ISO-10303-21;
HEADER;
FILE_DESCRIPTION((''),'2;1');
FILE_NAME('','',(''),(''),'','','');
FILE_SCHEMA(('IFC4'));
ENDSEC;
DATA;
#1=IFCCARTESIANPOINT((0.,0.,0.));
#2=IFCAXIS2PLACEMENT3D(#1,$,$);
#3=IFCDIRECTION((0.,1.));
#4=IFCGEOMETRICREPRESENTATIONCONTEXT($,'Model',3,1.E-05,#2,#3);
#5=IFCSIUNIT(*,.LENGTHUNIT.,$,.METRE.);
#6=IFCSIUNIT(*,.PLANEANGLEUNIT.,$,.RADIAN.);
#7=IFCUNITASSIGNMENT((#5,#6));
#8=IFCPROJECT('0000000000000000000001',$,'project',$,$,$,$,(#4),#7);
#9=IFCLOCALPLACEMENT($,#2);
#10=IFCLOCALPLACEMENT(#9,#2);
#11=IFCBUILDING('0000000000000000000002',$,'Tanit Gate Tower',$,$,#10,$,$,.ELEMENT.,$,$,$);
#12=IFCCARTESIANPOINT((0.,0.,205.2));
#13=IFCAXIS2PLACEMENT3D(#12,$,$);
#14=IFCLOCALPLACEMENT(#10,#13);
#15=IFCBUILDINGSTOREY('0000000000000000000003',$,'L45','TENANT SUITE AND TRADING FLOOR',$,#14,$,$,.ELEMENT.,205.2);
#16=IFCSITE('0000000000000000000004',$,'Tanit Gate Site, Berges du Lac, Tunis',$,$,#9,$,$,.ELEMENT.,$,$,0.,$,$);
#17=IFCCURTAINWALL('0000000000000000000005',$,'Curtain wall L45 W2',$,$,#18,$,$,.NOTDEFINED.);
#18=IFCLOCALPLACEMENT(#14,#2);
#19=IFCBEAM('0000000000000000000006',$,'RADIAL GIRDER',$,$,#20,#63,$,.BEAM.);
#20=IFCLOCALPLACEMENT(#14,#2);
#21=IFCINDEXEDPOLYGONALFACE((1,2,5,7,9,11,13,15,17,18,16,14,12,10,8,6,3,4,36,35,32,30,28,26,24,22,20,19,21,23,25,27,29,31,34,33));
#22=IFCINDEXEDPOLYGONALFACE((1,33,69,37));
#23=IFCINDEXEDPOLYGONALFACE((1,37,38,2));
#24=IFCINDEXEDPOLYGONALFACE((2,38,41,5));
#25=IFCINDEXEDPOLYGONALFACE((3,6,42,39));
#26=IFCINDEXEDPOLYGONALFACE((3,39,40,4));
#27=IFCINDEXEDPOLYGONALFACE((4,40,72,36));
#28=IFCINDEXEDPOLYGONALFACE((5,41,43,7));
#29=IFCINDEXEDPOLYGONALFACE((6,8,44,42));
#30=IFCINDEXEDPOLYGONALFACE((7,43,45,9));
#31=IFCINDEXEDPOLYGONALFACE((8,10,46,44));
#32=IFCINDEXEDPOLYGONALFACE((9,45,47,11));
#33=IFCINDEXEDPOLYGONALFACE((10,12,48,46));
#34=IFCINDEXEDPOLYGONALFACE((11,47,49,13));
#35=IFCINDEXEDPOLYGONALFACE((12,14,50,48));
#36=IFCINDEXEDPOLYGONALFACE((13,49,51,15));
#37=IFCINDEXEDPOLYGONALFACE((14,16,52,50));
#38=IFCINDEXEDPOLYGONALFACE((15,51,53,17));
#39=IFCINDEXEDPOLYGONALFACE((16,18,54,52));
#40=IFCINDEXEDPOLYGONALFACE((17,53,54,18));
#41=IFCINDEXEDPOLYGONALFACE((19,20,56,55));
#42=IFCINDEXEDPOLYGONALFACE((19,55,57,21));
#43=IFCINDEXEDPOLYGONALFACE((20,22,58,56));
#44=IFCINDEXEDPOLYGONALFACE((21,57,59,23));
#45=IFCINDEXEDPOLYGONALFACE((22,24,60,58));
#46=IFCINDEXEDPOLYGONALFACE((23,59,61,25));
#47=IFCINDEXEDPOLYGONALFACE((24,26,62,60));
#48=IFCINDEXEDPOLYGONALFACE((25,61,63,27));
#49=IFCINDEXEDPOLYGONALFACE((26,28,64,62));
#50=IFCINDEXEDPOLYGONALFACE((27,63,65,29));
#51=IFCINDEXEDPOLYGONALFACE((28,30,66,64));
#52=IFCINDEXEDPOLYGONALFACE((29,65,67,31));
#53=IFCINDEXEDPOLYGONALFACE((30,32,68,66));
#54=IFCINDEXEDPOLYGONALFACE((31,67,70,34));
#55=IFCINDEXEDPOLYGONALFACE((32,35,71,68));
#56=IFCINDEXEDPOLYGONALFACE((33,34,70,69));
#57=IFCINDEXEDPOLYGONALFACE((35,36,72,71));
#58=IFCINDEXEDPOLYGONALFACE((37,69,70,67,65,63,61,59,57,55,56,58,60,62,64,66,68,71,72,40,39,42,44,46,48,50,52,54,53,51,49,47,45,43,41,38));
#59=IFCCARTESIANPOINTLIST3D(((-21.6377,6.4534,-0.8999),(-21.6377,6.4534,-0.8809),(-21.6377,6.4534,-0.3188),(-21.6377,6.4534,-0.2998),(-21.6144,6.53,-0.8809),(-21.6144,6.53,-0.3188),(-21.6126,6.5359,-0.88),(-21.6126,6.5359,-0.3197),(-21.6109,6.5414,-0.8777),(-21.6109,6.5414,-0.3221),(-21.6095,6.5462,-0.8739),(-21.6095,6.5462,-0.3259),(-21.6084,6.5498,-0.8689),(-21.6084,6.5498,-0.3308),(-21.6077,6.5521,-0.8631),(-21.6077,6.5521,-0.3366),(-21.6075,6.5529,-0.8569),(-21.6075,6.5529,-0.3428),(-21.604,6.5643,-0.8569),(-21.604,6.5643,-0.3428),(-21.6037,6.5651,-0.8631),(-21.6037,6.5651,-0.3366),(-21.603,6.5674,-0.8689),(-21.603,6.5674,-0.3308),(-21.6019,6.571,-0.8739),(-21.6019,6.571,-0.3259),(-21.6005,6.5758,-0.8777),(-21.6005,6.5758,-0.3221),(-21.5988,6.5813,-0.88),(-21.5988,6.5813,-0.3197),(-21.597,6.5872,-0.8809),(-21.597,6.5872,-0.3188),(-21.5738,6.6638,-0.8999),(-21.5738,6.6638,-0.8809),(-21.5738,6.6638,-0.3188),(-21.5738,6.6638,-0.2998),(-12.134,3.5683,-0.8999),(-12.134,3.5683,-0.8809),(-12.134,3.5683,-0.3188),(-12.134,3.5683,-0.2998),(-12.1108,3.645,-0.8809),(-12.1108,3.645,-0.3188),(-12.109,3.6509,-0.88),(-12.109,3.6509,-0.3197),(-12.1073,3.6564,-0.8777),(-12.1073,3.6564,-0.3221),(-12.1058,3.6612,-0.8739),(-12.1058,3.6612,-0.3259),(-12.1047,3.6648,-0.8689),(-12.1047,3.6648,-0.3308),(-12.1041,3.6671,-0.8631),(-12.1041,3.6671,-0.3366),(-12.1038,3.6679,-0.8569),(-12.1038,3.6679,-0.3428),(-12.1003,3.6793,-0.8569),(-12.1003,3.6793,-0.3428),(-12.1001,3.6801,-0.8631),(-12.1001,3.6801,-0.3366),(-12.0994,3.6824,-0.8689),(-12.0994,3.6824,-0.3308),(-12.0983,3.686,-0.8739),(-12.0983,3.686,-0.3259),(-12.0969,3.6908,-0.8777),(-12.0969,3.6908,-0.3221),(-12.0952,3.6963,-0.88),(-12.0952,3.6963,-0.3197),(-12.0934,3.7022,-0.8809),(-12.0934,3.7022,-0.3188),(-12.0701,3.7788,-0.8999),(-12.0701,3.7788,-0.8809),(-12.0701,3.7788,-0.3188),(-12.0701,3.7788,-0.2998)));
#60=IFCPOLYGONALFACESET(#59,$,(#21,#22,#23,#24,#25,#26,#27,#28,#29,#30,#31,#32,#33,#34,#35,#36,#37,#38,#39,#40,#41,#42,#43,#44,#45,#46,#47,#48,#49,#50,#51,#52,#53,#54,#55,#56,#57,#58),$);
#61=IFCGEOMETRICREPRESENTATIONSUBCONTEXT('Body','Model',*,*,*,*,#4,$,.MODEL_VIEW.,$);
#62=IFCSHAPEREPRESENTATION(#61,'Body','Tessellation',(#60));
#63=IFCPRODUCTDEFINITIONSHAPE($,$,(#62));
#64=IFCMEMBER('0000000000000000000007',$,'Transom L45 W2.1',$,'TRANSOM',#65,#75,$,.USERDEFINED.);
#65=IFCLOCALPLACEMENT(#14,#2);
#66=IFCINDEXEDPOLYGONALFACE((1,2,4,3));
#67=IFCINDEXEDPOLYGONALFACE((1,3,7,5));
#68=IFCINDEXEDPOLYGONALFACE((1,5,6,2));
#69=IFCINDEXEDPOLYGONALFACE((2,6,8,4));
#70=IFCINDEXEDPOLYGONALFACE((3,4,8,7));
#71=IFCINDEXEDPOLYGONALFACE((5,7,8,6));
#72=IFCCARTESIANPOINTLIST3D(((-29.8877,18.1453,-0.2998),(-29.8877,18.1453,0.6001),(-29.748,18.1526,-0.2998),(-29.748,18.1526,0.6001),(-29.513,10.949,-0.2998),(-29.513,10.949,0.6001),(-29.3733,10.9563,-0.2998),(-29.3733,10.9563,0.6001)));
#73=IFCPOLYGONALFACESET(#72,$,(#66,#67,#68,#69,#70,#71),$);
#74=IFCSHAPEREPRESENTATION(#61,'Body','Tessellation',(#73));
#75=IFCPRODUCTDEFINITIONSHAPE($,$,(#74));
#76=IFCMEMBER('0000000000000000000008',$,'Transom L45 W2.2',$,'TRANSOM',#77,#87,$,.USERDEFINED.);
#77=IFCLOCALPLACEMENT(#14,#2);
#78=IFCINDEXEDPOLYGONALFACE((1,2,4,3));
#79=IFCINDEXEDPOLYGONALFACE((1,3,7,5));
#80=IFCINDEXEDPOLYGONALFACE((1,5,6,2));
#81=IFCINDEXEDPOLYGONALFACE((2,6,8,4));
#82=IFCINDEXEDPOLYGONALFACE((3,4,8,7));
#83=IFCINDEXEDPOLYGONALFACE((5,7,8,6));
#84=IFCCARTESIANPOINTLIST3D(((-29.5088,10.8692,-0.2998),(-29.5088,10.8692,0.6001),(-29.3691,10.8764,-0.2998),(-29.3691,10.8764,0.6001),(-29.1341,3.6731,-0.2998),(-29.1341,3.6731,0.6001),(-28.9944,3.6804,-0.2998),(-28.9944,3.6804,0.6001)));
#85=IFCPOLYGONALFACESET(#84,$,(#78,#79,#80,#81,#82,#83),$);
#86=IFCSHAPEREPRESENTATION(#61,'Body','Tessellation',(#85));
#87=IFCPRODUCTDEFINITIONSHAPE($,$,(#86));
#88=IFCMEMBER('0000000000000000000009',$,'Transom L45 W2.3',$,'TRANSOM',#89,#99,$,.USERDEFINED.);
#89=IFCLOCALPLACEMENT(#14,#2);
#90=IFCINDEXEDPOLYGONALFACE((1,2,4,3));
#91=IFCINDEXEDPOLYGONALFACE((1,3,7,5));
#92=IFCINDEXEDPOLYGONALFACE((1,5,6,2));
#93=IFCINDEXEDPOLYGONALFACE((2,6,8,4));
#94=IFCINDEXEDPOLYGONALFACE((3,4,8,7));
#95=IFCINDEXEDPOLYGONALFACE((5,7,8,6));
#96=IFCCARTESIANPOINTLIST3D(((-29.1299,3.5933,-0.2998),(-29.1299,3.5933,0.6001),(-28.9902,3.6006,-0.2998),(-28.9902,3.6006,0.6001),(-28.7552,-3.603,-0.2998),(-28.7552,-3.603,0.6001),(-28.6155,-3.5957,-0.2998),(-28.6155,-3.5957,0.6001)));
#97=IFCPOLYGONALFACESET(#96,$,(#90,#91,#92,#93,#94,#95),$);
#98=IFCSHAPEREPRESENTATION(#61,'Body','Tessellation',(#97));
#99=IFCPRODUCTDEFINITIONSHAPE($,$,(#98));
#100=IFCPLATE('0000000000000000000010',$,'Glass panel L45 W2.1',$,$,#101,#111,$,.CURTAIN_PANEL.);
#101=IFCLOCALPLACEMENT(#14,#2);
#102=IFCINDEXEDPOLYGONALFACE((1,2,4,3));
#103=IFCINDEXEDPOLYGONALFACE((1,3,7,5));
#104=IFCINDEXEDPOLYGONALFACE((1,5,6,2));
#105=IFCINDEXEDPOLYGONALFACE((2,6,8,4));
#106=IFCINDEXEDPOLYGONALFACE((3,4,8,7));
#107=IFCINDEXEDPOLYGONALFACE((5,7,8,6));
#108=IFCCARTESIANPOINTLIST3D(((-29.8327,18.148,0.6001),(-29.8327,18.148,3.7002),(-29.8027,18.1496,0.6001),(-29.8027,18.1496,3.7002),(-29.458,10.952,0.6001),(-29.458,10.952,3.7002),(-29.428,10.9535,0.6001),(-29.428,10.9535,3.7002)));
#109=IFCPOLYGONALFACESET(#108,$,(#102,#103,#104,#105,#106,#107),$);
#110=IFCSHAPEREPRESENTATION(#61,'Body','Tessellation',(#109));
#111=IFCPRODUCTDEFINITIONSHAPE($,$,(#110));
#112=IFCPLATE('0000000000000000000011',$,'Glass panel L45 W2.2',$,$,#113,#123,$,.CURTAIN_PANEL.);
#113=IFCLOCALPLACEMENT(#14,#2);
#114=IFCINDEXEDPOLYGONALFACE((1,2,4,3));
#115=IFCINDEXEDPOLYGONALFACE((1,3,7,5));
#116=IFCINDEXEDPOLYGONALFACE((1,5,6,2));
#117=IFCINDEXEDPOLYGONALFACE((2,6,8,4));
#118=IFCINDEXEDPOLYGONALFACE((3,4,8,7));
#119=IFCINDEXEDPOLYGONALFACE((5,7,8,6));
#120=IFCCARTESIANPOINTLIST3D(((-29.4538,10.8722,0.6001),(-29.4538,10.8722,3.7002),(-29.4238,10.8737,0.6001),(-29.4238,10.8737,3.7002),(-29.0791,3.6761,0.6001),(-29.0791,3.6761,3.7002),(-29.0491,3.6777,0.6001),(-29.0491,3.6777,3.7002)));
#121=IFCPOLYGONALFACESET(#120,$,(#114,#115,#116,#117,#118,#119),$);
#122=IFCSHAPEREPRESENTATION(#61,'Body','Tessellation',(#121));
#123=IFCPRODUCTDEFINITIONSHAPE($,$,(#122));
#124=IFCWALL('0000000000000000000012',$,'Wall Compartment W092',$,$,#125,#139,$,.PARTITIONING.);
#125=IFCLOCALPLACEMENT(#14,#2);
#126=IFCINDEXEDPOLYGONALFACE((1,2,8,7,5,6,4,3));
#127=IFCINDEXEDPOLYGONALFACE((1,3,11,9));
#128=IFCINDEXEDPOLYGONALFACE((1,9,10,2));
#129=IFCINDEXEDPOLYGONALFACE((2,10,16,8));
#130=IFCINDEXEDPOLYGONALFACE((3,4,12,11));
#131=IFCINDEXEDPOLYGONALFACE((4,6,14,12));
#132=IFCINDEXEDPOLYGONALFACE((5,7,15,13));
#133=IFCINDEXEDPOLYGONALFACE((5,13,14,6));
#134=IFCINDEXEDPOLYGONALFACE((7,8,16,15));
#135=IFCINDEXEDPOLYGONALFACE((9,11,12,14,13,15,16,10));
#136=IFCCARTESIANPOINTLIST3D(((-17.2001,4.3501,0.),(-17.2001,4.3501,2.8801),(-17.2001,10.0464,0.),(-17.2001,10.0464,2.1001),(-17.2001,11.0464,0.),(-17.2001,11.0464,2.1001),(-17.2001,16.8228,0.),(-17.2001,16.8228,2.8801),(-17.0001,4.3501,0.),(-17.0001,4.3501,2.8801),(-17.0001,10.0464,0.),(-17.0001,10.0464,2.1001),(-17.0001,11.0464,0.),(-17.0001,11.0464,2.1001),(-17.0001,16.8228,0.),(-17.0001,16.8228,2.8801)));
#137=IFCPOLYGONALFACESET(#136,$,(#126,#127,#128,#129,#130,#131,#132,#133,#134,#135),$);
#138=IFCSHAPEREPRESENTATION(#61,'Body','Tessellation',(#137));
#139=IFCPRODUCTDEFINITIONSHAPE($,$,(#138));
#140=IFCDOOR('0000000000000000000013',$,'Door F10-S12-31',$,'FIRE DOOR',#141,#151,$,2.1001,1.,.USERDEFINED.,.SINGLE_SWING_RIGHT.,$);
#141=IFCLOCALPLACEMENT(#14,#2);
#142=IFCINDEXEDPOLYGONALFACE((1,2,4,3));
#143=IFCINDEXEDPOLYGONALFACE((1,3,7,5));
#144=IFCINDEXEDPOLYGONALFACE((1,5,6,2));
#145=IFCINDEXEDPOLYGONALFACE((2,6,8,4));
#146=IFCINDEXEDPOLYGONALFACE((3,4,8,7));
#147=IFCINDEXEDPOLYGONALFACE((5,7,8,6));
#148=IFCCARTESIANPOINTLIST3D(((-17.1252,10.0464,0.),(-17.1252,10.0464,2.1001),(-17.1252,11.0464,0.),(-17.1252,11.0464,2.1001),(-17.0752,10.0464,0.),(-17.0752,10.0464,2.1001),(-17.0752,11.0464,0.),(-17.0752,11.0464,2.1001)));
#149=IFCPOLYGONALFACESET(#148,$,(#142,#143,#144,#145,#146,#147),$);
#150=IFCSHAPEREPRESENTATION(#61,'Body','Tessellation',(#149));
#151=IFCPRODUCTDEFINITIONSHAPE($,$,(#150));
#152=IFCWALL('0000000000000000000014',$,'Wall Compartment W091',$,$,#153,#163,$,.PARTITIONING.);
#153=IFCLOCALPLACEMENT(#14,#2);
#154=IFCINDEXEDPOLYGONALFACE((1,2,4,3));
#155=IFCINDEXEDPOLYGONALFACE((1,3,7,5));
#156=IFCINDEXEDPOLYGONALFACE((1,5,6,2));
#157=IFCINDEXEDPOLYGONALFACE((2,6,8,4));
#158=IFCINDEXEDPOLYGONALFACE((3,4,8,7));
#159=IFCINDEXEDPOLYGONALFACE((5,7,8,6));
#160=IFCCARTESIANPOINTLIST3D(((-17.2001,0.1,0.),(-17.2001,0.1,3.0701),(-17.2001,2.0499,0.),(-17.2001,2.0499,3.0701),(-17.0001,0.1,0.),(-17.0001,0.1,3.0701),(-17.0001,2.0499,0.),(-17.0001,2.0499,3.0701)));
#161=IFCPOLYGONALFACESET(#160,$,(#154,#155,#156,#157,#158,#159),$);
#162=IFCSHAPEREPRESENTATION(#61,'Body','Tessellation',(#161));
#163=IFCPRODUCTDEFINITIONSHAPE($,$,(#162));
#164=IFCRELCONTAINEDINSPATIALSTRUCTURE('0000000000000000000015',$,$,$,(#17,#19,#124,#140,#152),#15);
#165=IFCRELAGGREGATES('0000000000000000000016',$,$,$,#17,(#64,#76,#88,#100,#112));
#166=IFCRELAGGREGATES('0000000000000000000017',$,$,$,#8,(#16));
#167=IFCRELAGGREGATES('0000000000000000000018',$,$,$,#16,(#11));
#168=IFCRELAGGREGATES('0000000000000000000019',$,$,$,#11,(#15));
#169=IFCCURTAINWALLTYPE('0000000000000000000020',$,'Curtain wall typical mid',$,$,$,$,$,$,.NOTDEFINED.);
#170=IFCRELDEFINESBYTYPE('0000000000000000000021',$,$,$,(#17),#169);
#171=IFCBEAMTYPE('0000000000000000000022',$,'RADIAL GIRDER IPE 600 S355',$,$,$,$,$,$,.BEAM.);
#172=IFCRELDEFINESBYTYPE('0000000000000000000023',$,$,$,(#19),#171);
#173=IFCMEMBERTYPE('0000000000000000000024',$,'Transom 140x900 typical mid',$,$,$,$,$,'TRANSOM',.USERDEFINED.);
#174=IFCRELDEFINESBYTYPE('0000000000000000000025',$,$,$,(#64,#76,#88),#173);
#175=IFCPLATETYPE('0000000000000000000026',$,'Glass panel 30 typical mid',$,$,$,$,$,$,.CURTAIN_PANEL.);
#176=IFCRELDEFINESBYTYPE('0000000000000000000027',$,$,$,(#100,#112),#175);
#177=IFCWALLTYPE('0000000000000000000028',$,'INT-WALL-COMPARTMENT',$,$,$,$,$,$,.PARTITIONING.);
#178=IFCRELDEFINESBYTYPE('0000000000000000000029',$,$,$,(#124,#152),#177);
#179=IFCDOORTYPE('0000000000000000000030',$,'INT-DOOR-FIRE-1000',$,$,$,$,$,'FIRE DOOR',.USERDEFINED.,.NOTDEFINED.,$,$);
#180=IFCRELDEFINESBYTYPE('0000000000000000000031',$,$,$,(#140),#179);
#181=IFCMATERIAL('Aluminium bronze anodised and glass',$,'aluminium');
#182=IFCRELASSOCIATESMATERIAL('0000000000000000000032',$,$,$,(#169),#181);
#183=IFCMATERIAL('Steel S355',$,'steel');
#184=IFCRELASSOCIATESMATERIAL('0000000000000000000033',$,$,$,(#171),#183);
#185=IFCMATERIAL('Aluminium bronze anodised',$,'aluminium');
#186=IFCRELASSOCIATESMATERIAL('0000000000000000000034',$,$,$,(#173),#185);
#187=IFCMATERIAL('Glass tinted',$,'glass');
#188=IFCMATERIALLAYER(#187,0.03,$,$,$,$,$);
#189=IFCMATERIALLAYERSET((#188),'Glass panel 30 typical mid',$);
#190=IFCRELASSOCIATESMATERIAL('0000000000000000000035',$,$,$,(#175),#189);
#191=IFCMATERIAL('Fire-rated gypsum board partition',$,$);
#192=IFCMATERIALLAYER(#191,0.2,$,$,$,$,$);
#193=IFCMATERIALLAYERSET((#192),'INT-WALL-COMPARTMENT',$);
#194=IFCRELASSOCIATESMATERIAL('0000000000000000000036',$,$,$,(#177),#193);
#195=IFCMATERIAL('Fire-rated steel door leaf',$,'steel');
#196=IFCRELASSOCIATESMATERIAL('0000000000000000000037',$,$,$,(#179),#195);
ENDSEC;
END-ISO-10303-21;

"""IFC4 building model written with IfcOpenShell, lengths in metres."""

from ifc_helpers import new_model, si_unit, direction, frame, frame_2d, origin, origin_2d, place, context, subcontext, project, spatial, rectangle, i_section, extrude, material, layer, layer_set, material_profile, profile_set, type_object, element, fill, aggregate, save


model = new_model("IFC4")

# Units and contexts
model_context = context("Model", 3, precision=1e-05, world=origin(), true_north=direction((0.0, 1.0)))
body_context = subcontext(model_context, "Body", "Model", "MODEL_VIEW")
ifc_project = project(units=[si_unit("LENGTHUNIT", "METRE"), si_unit("PLANEANGLEUNIT", "RADIAN")], contexts=[model_context])

# Site, building, storey
site_placement = place(None, origin())
site = spatial("IfcSite", under=ifc_project, at=site_placement, Name="Tanit Gate Site, Berges du Lac, Tunis", CompositionType="ELEMENT", RefElevation=0.0)
building_placement = place(site_placement, origin())
building = spatial("IfcBuilding", under=site, at=building_placement, Name="Tanit Gate Tower", CompositionType="ELEMENT")
storey_placement = place(building_placement, frame((0.0, 0.0, 205.2)))
storey = spatial("IfcBuildingStorey", under=building, at=storey_placement, Name="L45", Description="TENANT SUITE AND TRADING FLOOR", CompositionType="ELEMENT", Elevation=205.2)

# Curtain wall
ifc_material_1 = material(Name="Aluminium bronze anodised and glass", Category="aluminium")
curtain_wall_type = type_object("IfcCurtainWallType", Name="Curtain wall typical mid", PredefinedType="NOTDEFINED", material=ifc_material_1)
curtain_wall_1_placement = place(storey_placement, origin())
curtain_wall_1 = element("IfcCurtainWall", 1, at=curtain_wall_1_placement, inside=storey, type_object=curtain_wall_type, Name="Curtain wall L45 W2", PredefinedType="NOTDEFINED")

# Beam
ifc_material_2 = material(Name="Steel S355", Category="steel")
ifc_material_profile_1 = material_profile(ifc_material_2, i_section(OverallWidth=0.22, OverallDepth=0.6001, WebThickness=0.012, FlangeThickness=0.019, FilletRadius=0.0239, at=origin_2d()), Name="IPE 600")
ifc_profile_set_1 = profile_set([ifc_material_profile_1], Name="Steel S355")
beam_type_1 = type_object("IfcBeamType", Name="RADIAL GIRDER IPE 600 S355", PredefinedType="BEAM", material=ifc_profile_set_1)
beam_1_placement = place(storey_placement, frame((-21.6057, 6.5586, -0.5999), z_axis=(0.956881, -0.290479, 0.0), x_axis=(0.290479, 0.956881, 0.0)))
element("IfcBeam", 2, at=beam_1_placement, inside=storey, type_object=beam_type_1, Name="RADIAL GIRDER", PredefinedType="BEAM", context=body_context, shape_type="SweptSolid", body=[
    extrude(i_section(OverallWidth=0.22, OverallDepth=0.6001, WebThickness=0.012, FlangeThickness=0.019, FilletRadius=0.0239, at=origin_2d()), origin(), (0.0, 0.0, 1.0), 9.9319),
])

# Members
ifc_material_3 = material(Name="Aluminium bronze anodised", Category="aluminium")
ifc_material_profile_2 = material_profile(ifc_material_3, rectangle(XDim=0.1399, YDim=0.8999, at=origin_2d()), Name="140x900 bronze transom")
ifc_profile_set_2 = profile_set([ifc_material_profile_2], Name="Aluminium bronze anodised")
member_type_1 = type_object("IfcMemberType", Name="Transom 140x900 typical mid", ElementType="TRANSOM", PredefinedType="USERDEFINED", material=ifc_profile_set_2)
member_1_placement = place(storey_placement, frame((-29.8179, 18.1489, 0.1501), z_axis=(0.052006, -0.998647, 0.0), x_axis=(0.998647, 0.052006, 0.0)))
member_1 = element("IfcMember", 3, at=member_1_placement, type_object=member_type_1, Name="Transom L45 W2.1", ObjectType="TRANSOM", PredefinedType="USERDEFINED", context=body_context, shape_type="SweptSolid", body=[
    extrude(rectangle(XDim=0.1399, YDim=0.8999, at=origin_2d()), origin(), (0.0, 0.0, 1.0), 7.2061),
])
member_2_placement = place(storey_placement, frame((-29.439, 10.8728, 0.1501), z_axis=(0.052008, -0.998647, 0.0), x_axis=(0.998647, 0.052008, 0.0)))
member_2 = element("IfcMember", 4, at=member_2_placement, type_object=member_type_1, Name="Transom L45 W2.2", ObjectType="TRANSOM", PredefinedType="USERDEFINED", context=body_context, shape_type="SweptSolid", body=[
    extrude(rectangle(XDim=0.1399, YDim=0.8999, at=origin_2d()), origin(), (0.0, 0.0, 1.0), 7.2058),
])
member_3_placement = place(storey_placement, frame((-29.0601, 3.5969, 0.1501), z_axis=(0.052006, -0.998647, 0.0), x_axis=(0.998647, 0.052006, 0.0)))
member_3 = element("IfcMember", 5, at=member_3_placement, type_object=member_type_1, Name="Transom L45 W2.3", ObjectType="TRANSOM", PredefinedType="USERDEFINED", context=body_context, shape_type="SweptSolid", body=[
    extrude(rectangle(XDim=0.1399, YDim=0.8999, at=origin_2d()), origin(), (0.0, 0.0, 1.0), 7.2061),
])

# Plates
ifc_material_4 = material(Name="Glass tinted", Category="glass")
ifc_layer_1 = layer(ifc_material_4, 0.03)
ifc_layer_set_1 = layer_set([ifc_layer_1], Name="Glass panel 30 typical mid")
plate_type = type_object("IfcPlateType", Name="Glass panel 30 typical mid", PredefinedType="CURTAIN_PANEL", material=ifc_layer_set_1)
plate_1_placement = place(storey_placement, frame((-29.6304, 14.5508, 0.6001), z_axis=(0.0, 0.0, 1.0), x_axis=(0.052003, -0.998647, 0.0)))
plate_1 = element("IfcPlate", 6, at=plate_1_placement, type_object=plate_type, Name="Glass panel L45 W2.1", PredefinedType="CURTAIN_PANEL", context=body_context, shape_type="SweptSolid", body=[
    extrude(rectangle(XDim=7.2058, YDim=0.03, at=origin_2d()), origin(), (0.0, 0.0, 1.0), 3.1001),
])
plate_2_placement = place(storey_placement, frame((-29.2515, 7.2749, 0.6001), z_axis=(0.0, 0.0, 1.0), x_axis=(0.052003, -0.998647, 0.0)))
plate_2 = element("IfcPlate", 7, at=plate_2_placement, type_object=plate_type, Name="Glass panel L45 W2.2", PredefinedType="CURTAIN_PANEL", context=body_context, shape_type="SweptSolid", body=[
    extrude(rectangle(XDim=7.2058, YDim=0.03, at=origin_2d()), origin(), (0.0, 0.0, 1.0), 3.1001),
])
aggregate(curtain_wall_1, [member_1, member_2, member_3, plate_1, plate_2])

# Wall, opening, door
ifc_material_5 = material(Name="Fire-rated gypsum board partition")
ifc_layer_2 = layer(ifc_material_5, 0.2)
ifc_layer_set_2 = layer_set([ifc_layer_2], Name="INT-WALL-COMPARTMENT")
wall_type_1 = type_object("IfcWallType", Name="INT-WALL-COMPARTMENT", PredefinedType="PARTITIONING", material=ifc_layer_set_2)
wall_1_placement = place(storey_placement, frame((-17.1001, 16.8228, 0.0), z_axis=(0.0, 0.0, 1.0), x_axis=(0.0, -1.0, 0.0)))
wall_1 = element("IfcWall", 8, at=wall_1_placement, inside=storey, type_object=wall_type_1, Name="Wall Compartment W092", PredefinedType="PARTITIONING", context=body_context, shape_type="SweptSolid", body=[
    extrude(rectangle(XDim=12.4727, YDim=0.2, at=frame_2d((6.2363, 0.0))), origin(), (0.0, 0.0, 1.0), 2.8801),
])
opening_1_placement = place(wall_1_placement, frame((5.7764, 0.0, 0.0)))
opening_1 = element("IfcOpeningElement", 9, at=opening_1_placement, cuts=wall_1, PredefinedType="OPENING", context=body_context, shape_type="SweptSolid", body=[
    extrude(rectangle(XDim=1.0, YDim=2.1001, at=frame_2d((0.5, 1.05))), frame((0.0, 0.1099, 0.0), z_axis=(0.0, -1.0, 0.0), x_axis=(1.0, 0.0, 0.0)), (0.0, 0.0, 1.0), 0.22),
])
ifc_material_6 = material(Name="Fire-rated steel door leaf", Category="steel")
door_type_1 = type_object("IfcDoorType", Name="INT-DOOR-FIRE-1000", ElementType="FIRE DOOR", OperationType="NOTDEFINED", PredefinedType="USERDEFINED", material=ifc_material_6)
door_1_placement = place(opening_1_placement, origin())
door_1 = element("IfcDoor", 10, at=door_1_placement, inside=storey, type_object=door_type_1, Name="Door F10-S12-31", ObjectType="FIRE DOOR", OperationType="SINGLE_SWING_RIGHT", OverallHeight=2.1001, OverallWidth=1.0, PredefinedType="USERDEFINED", context=body_context, shape_type="SweptSolid", body=[
    extrude(rectangle(XDim=1.0, YDim=2.1001, at=frame_2d((0.5, 1.05))), frame((0.0, 0.0249, 0.0), z_axis=(0.0, -1.0, 0.0), x_axis=(1.0, 0.0, 0.0)), (0.0, 0.0, 1.0), 0.05),
])
fill(opening_1, door_1)

# Wall
wall_2_placement = place(storey_placement, frame((-17.1001, 2.05, 0.0), z_axis=(0.0, 0.0, 1.0), x_axis=(0.0, -1.0, 0.0)))
element("IfcWall", 11, at=wall_2_placement, inside=storey, type_object=wall_type_1, Name="Wall Compartment W091", PredefinedType="PARTITIONING", context=body_context, shape_type="SweptSolid", body=[
    extrude(rectangle(XDim=1.95, YDim=0.2, at=frame_2d((0.9751, 0.0))), origin(), (0.0, 0.0, 1.0), 3.0701),
])

save(model, "model.ifc")
